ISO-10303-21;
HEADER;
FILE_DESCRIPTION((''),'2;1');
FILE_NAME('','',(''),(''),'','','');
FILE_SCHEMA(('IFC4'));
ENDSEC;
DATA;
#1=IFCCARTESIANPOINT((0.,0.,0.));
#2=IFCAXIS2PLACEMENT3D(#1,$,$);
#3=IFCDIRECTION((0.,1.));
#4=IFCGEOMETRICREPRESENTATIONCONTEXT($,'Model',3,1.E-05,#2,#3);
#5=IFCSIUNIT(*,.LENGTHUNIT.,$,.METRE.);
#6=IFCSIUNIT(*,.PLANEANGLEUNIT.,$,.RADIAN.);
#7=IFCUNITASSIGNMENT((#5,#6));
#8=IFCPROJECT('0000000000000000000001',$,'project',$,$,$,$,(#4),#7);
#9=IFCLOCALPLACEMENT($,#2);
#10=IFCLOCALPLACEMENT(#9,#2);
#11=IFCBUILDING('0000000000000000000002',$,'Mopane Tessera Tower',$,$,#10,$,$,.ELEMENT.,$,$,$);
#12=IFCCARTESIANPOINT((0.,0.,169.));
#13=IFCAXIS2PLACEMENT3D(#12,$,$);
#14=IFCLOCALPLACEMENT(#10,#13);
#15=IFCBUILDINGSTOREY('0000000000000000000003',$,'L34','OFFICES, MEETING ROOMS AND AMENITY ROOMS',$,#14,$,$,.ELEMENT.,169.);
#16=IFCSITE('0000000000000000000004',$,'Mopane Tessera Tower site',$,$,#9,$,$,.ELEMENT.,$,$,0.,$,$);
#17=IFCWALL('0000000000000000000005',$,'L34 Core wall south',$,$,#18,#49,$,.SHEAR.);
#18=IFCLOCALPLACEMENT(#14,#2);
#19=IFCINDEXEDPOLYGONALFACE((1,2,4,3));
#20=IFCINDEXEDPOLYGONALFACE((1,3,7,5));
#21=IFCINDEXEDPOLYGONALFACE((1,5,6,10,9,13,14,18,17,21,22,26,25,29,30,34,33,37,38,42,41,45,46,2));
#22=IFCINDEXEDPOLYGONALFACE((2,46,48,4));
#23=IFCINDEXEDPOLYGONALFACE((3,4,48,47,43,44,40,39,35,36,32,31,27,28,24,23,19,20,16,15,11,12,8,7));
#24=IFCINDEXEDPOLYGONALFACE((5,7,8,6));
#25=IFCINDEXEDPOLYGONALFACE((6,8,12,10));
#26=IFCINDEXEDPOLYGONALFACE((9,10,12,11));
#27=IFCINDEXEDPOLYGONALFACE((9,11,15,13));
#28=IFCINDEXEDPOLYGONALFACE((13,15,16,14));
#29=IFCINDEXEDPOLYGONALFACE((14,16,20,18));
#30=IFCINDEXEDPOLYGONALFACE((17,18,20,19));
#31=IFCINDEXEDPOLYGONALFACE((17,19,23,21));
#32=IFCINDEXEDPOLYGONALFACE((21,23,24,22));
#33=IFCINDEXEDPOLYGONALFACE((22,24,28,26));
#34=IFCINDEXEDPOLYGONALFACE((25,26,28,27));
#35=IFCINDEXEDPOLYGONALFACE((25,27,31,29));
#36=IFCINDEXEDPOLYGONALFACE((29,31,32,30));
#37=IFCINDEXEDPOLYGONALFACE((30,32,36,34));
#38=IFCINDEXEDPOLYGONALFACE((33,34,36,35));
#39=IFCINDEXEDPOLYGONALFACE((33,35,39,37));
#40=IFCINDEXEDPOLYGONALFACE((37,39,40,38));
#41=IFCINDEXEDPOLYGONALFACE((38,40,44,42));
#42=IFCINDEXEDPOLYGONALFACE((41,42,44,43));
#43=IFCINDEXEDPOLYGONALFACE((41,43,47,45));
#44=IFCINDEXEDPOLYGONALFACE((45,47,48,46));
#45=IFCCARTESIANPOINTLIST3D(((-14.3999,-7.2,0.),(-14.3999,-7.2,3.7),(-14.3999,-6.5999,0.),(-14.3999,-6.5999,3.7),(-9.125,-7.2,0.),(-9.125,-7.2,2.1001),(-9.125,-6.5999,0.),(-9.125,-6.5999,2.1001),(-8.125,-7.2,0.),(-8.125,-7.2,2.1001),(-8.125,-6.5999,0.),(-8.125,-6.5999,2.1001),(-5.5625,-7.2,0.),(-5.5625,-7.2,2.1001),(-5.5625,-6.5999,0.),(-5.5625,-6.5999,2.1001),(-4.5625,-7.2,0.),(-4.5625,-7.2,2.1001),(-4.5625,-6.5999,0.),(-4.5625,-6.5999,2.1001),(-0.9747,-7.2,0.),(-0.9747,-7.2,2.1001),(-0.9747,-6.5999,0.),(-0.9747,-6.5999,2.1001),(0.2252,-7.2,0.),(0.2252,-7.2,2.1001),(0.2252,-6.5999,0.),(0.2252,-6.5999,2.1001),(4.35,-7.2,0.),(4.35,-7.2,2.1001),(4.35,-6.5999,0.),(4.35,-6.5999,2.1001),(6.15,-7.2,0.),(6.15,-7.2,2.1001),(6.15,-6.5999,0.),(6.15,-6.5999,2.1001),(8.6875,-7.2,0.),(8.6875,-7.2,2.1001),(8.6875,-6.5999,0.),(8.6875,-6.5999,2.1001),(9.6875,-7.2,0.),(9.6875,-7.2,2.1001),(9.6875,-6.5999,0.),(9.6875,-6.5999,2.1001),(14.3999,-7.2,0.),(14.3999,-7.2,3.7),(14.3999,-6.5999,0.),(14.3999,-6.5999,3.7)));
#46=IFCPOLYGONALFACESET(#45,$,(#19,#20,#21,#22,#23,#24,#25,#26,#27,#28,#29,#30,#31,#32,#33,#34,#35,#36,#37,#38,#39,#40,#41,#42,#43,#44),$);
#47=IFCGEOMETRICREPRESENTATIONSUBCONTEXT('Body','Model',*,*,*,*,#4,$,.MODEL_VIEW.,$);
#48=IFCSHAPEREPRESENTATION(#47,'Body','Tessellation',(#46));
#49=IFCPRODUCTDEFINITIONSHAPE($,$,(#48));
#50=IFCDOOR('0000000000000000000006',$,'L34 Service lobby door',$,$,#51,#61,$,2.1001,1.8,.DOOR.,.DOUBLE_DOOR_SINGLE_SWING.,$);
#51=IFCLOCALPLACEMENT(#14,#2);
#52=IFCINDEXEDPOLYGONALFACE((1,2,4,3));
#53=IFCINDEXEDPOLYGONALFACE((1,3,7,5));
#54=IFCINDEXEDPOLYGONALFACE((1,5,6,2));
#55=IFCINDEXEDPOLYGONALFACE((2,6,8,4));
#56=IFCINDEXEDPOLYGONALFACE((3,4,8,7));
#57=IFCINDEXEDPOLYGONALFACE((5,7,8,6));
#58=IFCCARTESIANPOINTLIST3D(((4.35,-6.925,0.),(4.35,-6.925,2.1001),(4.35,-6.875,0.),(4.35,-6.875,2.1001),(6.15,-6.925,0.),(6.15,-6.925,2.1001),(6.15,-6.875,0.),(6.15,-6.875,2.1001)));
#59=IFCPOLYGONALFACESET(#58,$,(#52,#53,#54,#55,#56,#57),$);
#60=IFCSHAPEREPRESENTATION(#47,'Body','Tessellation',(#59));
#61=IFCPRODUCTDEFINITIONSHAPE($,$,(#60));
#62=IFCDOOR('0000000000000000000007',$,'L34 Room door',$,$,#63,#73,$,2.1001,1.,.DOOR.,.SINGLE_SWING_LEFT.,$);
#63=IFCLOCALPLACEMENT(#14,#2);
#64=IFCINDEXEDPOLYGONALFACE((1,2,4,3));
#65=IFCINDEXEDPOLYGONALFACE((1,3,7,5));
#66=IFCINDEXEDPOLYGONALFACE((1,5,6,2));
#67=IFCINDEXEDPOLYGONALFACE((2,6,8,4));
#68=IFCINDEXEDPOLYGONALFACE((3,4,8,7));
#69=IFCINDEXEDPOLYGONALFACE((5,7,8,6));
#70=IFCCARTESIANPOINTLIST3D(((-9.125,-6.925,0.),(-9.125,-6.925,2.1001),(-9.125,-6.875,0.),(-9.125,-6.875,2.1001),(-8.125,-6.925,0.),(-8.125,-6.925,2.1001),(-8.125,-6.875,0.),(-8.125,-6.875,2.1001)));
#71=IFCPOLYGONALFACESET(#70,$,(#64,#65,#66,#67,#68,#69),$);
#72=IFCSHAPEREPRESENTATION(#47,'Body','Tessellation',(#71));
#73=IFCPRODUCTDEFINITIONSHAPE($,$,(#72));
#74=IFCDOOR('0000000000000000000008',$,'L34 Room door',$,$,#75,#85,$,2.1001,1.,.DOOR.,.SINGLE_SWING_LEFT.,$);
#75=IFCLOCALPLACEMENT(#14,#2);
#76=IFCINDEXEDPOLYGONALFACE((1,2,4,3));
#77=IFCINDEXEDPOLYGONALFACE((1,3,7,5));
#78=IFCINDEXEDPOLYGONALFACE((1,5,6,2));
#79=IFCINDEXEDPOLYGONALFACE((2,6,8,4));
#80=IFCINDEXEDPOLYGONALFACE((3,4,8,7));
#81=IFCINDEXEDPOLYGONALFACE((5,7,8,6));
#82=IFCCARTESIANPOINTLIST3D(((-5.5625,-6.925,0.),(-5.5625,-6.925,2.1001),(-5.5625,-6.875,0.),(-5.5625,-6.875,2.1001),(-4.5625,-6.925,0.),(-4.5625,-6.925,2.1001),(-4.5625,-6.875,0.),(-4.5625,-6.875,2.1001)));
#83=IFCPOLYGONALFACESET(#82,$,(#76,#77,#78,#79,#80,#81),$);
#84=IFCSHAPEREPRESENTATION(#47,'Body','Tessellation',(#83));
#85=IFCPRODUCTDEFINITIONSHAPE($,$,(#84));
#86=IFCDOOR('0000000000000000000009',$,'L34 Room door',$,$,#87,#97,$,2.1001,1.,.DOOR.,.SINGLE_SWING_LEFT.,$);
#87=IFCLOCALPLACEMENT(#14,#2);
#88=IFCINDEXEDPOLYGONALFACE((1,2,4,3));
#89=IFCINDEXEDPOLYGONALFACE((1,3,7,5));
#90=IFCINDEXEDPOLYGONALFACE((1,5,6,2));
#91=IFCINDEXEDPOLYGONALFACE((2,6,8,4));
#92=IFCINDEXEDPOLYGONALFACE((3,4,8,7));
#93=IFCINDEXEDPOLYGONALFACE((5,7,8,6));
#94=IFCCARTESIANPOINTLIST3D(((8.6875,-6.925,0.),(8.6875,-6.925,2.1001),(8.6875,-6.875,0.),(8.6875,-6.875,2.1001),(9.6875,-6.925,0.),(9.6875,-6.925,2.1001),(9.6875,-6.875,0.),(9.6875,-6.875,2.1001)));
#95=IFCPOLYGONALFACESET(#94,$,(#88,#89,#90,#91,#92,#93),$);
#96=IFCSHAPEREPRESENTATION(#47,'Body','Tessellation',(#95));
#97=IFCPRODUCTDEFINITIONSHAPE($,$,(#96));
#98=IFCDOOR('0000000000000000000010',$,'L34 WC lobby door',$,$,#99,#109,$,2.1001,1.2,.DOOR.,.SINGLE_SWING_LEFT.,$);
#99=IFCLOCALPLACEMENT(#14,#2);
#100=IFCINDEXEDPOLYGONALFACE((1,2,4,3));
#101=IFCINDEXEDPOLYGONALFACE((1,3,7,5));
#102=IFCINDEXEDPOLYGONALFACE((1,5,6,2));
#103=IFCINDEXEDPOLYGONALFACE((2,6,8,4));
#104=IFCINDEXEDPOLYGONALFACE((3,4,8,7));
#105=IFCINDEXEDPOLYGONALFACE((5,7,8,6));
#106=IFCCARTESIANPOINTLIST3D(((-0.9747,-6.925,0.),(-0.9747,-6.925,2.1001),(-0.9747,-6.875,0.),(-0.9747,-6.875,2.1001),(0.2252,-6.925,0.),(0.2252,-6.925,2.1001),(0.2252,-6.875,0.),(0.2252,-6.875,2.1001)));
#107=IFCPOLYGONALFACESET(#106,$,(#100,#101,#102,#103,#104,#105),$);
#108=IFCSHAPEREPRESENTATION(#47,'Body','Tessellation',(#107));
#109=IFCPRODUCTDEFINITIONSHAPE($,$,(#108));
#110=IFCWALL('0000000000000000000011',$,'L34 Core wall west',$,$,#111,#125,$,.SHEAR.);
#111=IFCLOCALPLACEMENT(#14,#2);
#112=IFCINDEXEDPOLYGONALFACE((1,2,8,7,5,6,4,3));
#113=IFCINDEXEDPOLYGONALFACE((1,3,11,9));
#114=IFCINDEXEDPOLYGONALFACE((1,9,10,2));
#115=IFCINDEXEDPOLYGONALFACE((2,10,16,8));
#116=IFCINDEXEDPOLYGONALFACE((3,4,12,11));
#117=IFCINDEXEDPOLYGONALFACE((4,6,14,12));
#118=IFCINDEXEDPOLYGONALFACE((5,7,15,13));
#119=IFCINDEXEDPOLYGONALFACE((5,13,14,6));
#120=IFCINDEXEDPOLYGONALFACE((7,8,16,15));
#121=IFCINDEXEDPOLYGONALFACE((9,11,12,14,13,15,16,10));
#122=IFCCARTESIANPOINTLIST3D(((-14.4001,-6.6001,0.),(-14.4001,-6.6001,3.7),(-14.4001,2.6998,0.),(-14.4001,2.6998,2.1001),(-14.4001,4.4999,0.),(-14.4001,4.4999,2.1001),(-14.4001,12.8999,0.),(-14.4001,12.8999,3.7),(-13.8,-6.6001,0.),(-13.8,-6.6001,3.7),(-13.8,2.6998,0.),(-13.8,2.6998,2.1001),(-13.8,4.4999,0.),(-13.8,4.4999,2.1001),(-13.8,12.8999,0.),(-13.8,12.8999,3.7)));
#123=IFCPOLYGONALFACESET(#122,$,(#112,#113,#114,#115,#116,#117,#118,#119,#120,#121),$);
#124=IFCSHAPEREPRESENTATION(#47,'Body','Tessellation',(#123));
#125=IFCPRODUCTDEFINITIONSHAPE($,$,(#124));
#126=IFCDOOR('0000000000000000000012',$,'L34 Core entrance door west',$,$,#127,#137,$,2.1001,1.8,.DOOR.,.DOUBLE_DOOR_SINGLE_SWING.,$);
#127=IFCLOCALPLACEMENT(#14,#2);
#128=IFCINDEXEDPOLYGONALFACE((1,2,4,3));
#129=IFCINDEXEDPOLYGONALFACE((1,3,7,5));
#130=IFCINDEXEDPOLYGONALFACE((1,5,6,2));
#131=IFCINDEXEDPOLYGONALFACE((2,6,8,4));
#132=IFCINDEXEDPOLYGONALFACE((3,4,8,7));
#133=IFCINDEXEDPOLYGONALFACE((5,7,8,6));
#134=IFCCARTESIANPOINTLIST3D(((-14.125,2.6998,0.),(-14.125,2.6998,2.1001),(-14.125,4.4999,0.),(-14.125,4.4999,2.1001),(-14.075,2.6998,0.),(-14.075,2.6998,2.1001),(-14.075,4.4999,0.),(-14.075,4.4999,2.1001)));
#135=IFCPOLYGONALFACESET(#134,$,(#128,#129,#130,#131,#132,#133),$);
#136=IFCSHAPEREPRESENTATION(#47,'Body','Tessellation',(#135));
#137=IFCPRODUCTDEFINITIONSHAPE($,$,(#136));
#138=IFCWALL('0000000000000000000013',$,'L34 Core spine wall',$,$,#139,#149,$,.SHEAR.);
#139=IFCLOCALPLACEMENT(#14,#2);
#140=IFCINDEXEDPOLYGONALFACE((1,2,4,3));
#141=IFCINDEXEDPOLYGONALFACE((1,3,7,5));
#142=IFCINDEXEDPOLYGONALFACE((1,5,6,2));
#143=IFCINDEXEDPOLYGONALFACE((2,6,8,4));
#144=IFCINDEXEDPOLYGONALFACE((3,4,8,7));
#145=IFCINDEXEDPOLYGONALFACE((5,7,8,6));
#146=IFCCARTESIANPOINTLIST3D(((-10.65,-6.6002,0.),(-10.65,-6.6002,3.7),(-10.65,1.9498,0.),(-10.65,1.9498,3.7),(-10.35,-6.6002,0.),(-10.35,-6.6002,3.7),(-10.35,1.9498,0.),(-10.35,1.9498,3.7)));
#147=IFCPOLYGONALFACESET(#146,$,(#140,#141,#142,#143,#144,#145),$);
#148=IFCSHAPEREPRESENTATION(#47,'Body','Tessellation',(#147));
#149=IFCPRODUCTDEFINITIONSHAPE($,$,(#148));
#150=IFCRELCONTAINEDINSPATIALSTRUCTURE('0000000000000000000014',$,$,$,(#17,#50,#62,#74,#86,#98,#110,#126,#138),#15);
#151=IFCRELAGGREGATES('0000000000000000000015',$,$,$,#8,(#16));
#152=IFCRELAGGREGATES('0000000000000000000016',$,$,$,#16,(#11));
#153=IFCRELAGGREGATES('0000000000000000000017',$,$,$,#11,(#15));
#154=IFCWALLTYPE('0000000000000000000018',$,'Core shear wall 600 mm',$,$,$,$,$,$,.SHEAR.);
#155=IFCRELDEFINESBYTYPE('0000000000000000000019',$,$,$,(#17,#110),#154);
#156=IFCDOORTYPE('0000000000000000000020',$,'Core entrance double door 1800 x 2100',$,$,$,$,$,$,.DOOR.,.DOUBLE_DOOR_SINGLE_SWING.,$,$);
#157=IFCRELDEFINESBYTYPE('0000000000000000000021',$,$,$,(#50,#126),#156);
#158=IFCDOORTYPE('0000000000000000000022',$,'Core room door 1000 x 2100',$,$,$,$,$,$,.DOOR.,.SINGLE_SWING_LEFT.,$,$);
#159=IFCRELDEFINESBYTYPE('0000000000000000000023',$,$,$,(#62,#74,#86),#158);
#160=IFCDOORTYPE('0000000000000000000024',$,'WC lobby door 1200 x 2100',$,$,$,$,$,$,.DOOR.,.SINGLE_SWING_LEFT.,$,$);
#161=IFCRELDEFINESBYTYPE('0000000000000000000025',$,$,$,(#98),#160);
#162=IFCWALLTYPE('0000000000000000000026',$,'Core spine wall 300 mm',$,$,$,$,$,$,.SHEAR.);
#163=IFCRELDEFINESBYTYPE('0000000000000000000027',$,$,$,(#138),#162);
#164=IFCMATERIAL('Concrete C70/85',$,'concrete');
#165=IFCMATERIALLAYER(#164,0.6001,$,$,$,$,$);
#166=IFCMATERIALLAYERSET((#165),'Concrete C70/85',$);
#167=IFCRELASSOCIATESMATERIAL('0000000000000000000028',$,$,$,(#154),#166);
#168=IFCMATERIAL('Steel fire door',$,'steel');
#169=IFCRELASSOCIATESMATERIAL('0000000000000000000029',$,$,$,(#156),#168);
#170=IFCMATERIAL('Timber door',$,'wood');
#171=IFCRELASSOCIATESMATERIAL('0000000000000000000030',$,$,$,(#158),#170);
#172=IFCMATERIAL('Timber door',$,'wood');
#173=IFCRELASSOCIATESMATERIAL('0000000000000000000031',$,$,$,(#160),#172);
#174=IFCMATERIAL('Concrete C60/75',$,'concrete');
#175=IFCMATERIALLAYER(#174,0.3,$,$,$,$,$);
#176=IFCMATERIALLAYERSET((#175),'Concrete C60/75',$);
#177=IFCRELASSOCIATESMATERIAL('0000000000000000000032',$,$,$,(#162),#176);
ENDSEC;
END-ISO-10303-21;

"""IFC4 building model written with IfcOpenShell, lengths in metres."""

from ifc_helpers import new_model, si_unit, direction, frame, frame_2d, origin, place, context, subcontext, project, spatial, rectangle, extrude, material, layer, layer_set, type_object, element, fill, save


model = new_model("IFC4")

# Units and contexts
model_context = context("Model", 3, precision=1e-05, world=origin(), true_north=direction((0.0, 1.0)))
body_context = subcontext(model_context, "Body", "Model", "MODEL_VIEW")
ifc_project = project(units=[si_unit("LENGTHUNIT", "METRE"), si_unit("PLANEANGLEUNIT", "RADIAN")], contexts=[model_context])

# Site, building, storey
site_placement = place(None, origin())
site = spatial("IfcSite", under=ifc_project, at=site_placement, Name="Mopane Tessera Tower site", CompositionType="ELEMENT", RefElevation=0.0)
building_placement = place(site_placement, origin())
building = spatial("IfcBuilding", under=site, at=building_placement, Name="Mopane Tessera Tower", CompositionType="ELEMENT")
storey_placement = place(building_placement, frame((0.0, 0.0, 169.0)))
storey = spatial("IfcBuildingStorey", under=building, at=storey_placement, Name="L34", Description="OFFICES, MEETING ROOMS AND AMENITY ROOMS", CompositionType="ELEMENT", Elevation=169.0)

# Wall, openings, doors
ifc_material_1 = material(Name="Concrete C70/85", Category="concrete")
ifc_layer_1 = layer(ifc_material_1, 0.6001)
ifc_layer_set_1 = layer_set([ifc_layer_1], Name="Concrete C70/85")
wall_type_1 = type_object("IfcWallType", Name="Core shear wall 600 mm", PredefinedType="SHEAR", material=ifc_layer_set_1)
wall_1_placement = place(storey_placement, frame((-14.3999, -6.8999, 0.0), z_axis=(0.0, 0.0, 1.0), x_axis=(1.0, 0.0, 0.0)))
wall_1 = element("IfcWall", 1, at=wall_1_placement, inside=storey, type_object=wall_type_1, Name="L34 Core wall south", PredefinedType="SHEAR", context=body_context, shape_type="SweptSolid", body=[
    extrude(rectangle(XDim=28.7998, YDim=0.6001, at=frame_2d((14.3999, 0.0))), origin(), (0.0, 0.0, 1.0), 3.7),
])
opening_1_placement = place(wall_1_placement, frame((5.2749, 0.0, 0.0)))
opening_1 = element("IfcOpeningElement", 2, at=opening_1_placement, cuts=wall_1, PredefinedType="OPENING", context=body_context, shape_type="SweptSolid", body=[
    extrude(rectangle(XDim=1.0, YDim=2.1001, at=frame_2d((0.5, 1.05))), frame((0.0, 0.312, 0.0), z_axis=(0.0, -1.0, 0.0), x_axis=(1.0, 0.0, 0.0)), (0.0, 0.0, 1.0), 0.624),
])
opening_2_placement = place(wall_1_placement, frame((8.8374, 0.0, 0.0)))
opening_2 = element("IfcOpeningElement", 3, at=opening_2_placement, cuts=wall_1, PredefinedType="OPENING", context=body_context, shape_type="SweptSolid", body=[
    extrude(rectangle(XDim=1.0, YDim=2.1001, at=frame_2d((0.5, 1.05))), frame((0.0, 0.312, 0.0), z_axis=(0.0, -1.0, 0.0), x_axis=(1.0, 0.0, 0.0)), (0.0, 0.0, 1.0), 0.624),
])
opening_3_placement = place(wall_1_placement, frame((13.425, 0.0, 0.0)))
opening_3 = element("IfcOpeningElement", 4, at=opening_3_placement, cuts=wall_1, PredefinedType="OPENING", context=body_context, shape_type="SweptSolid", body=[
    extrude(rectangle(XDim=1.2, YDim=2.1001, at=frame_2d((0.6001, 1.05))), frame((0.0, 0.312, 0.0), z_axis=(0.0, -1.0, 0.0), x_axis=(1.0, 0.0, 0.0)), (0.0, 0.0, 1.0), 0.624),
])
opening_4_placement = place(wall_1_placement, frame((18.75, 0.0, 0.0)))
opening_4 = element("IfcOpeningElement", 5, at=opening_4_placement, cuts=wall_1, PredefinedType="OPENING", context=body_context, shape_type="SweptSolid", body=[
    extrude(rectangle(XDim=1.8, YDim=2.1001, at=frame_2d((0.8999, 1.05))), frame((0.0, 0.312, 0.0), z_axis=(0.0, -1.0, 0.0), x_axis=(1.0, 0.0, 0.0)), (0.0, 0.0, 1.0), 0.624),
])
opening_5_placement = place(wall_1_placement, frame((23.0874, 0.0, 0.0)))
opening_5 = element("IfcOpeningElement", 6, at=opening_5_placement, cuts=wall_1, PredefinedType="OPENING", context=body_context, shape_type="SweptSolid", body=[
    extrude(rectangle(XDim=1.0, YDim=2.1001, at=frame_2d((0.5, 1.05))), frame((0.0, 0.312, 0.0), z_axis=(0.0, -1.0, 0.0), x_axis=(1.0, 0.0, 0.0)), (0.0, 0.0, 1.0), 0.624),
])
ifc_material_2 = material(Name="Steel fire door", Category="steel")
door_type_1 = type_object("IfcDoorType", Name="Core entrance double door 1800 x 2100", OperationType="DOUBLE_DOOR_SINGLE_SWING", PredefinedType="DOOR", material=ifc_material_2)
door_1_placement = place(opening_4_placement, origin())
door_1 = element("IfcDoor", 7, at=door_1_placement, inside=storey, type_object=door_type_1, Name="L34 Service lobby door", OperationType="DOUBLE_DOOR_SINGLE_SWING", OverallHeight=2.1001, OverallWidth=1.8, PredefinedType="DOOR", context=body_context, shape_type="SweptSolid", body=[
    extrude(rectangle(XDim=1.8, YDim=2.1001, at=frame_2d((0.8999, 1.05))), frame((0.0, 0.0249, 0.0), z_axis=(0.0, -1.0, 0.0), x_axis=(1.0, 0.0, 0.0)), (0.0, 0.0, 1.0), 0.05),
])
fill(opening_4, door_1)
ifc_material_3 = material(Name="Timber door", Category="wood")
door_type_2 = type_object("IfcDoorType", Name="Core room door 1000 x 2100", OperationType="SINGLE_SWING_LEFT", PredefinedType="DOOR", material=ifc_material_3)
door_2_placement = place(opening_1_placement, origin())
door_2 = element("IfcDoor", 8, at=door_2_placement, inside=storey, type_object=door_type_2, Name="L34 Room door", OperationType="SINGLE_SWING_LEFT", OverallHeight=2.1001, OverallWidth=1.0, PredefinedType="DOOR", context=body_context, shape_type="SweptSolid", body=[
    extrude(rectangle(XDim=1.0, YDim=2.1001, at=frame_2d((0.5, 1.05))), frame((0.0, 0.0249, 0.0), z_axis=(0.0, -1.0, 0.0), x_axis=(1.0, 0.0, 0.0)), (0.0, 0.0, 1.0), 0.05),
])
fill(opening_1, door_2)
door_3_placement = place(opening_2_placement, origin())
door_3 = element("IfcDoor", 9, at=door_3_placement, inside=storey, type_object=door_type_2, Name="L34 Room door", OperationType="SINGLE_SWING_LEFT", OverallHeight=2.1001, OverallWidth=1.0, PredefinedType="DOOR", context=body_context, shape_type="SweptSolid", body=[
    extrude(rectangle(XDim=1.0, YDim=2.1001, at=frame_2d((0.5, 1.05))), frame((0.0, 0.0249, 0.0), z_axis=(0.0, -1.0, 0.0), x_axis=(1.0, 0.0, 0.0)), (0.0, 0.0, 1.0), 0.05),
])
fill(opening_2, door_3)
door_4_placement = place(opening_5_placement, origin())
door_4 = element("IfcDoor", 10, at=door_4_placement, inside=storey, type_object=door_type_2, Name="L34 Room door", OperationType="SINGLE_SWING_LEFT", OverallHeight=2.1001, OverallWidth=1.0, PredefinedType="DOOR", context=body_context, shape_type="SweptSolid", body=[
    extrude(rectangle(XDim=1.0, YDim=2.1001, at=frame_2d((0.5, 1.05))), frame((0.0, 0.0249, 0.0), z_axis=(0.0, -1.0, 0.0), x_axis=(1.0, 0.0, 0.0)), (0.0, 0.0, 1.0), 0.05),
])
fill(opening_5, door_4)
ifc_material_4 = material(Name="Timber door", Category="wood")
door_type_3 = type_object("IfcDoorType", Name="WC lobby door 1200 x 2100", OperationType="SINGLE_SWING_LEFT", PredefinedType="DOOR", material=ifc_material_4)
door_5_placement = place(opening_3_placement, origin())
door_5 = element("IfcDoor", 11, at=door_5_placement, inside=storey, type_object=door_type_3, Name="L34 WC lobby door", OperationType="SINGLE_SWING_LEFT", OverallHeight=2.1001, OverallWidth=1.2, PredefinedType="DOOR", context=body_context, shape_type="SweptSolid", body=[
    extrude(rectangle(XDim=1.2, YDim=2.1001, at=frame_2d((0.6001, 1.05))), frame((0.0, 0.0249, 0.0), z_axis=(0.0, -1.0, 0.0), x_axis=(1.0, 0.0, 0.0)), (0.0, 0.0, 1.0), 0.05),
])
fill(opening_3, door_5)

# Wall, opening, door
wall_2_placement = place(storey_placement, frame((-14.1001, -6.6001, 0.0), z_axis=(0.0, 0.0, 1.0), x_axis=(0.0, 1.0, 0.0)))
wall_2 = element("IfcWall", 12, at=wall_2_placement, inside=storey, type_object=wall_type_1, Name="L34 Core wall west", PredefinedType="SHEAR", context=body_context, shape_type="SweptSolid", body=[
    extrude(rectangle(XDim=19.5, YDim=0.6001, at=frame_2d((9.75, 0.0))), origin(), (0.0, 0.0, 1.0), 3.7),
])
opening_6_placement = place(wall_2_placement, frame((9.3, 0.0, 0.0)))
opening_6 = element("IfcOpeningElement", 13, at=opening_6_placement, cuts=wall_2, PredefinedType="OPENING", context=body_context, shape_type="SweptSolid", body=[
    extrude(rectangle(XDim=1.8, YDim=2.1001, at=frame_2d((0.8999, 1.05))), frame((0.0, 0.312, 0.0), z_axis=(0.0, -1.0, 0.0), x_axis=(1.0, 0.0, 0.0)), (0.0, 0.0, 1.0), 0.624),
])
door_6_placement = place(opening_6_placement, origin())
door_6 = element("IfcDoor", 14, at=door_6_placement, inside=storey, type_object=door_type_1, Name="L34 Core entrance door west", OperationType="DOUBLE_DOOR_SINGLE_SWING", OverallHeight=2.1001, OverallWidth=1.8, PredefinedType="DOOR", context=body_context, shape_type="SweptSolid", body=[
    extrude(rectangle(XDim=1.8, YDim=2.1001, at=frame_2d((0.8999, 1.05))), frame((0.0, 0.0249, 0.0), z_axis=(0.0, -1.0, 0.0), x_axis=(1.0, 0.0, 0.0)), (0.0, 0.0, 1.0), 0.05),
])
fill(opening_6, door_6)

# Wall
ifc_material_5 = material(Name="Concrete C60/75", Category="concrete")
ifc_layer_2 = layer(ifc_material_5, 0.3)
ifc_layer_set_2 = layer_set([ifc_layer_2], Name="Concrete C60/75")
wall_type_2 = type_object("IfcWallType", Name="Core spine wall 300 mm", PredefinedType="SHEAR", material=ifc_layer_set_2)
wall_3_placement = place(storey_placement, frame((-10.5, -6.6001, 0.0), z_axis=(0.0, 0.0, 1.0), x_axis=(0.0, 1.0, 0.0)))
element("IfcWall", 15, at=wall_3_placement, inside=storey, type_object=wall_type_2, Name="L34 Core spine wall", PredefinedType="SHEAR", context=body_context, shape_type="SweptSolid", body=[
    extrude(rectangle(XDim=8.55, YDim=0.3, at=frame_2d((4.2749, 0.0))), origin(), (0.0, 0.0, 1.0), 3.7),
])

save(model, "model.ifc")
